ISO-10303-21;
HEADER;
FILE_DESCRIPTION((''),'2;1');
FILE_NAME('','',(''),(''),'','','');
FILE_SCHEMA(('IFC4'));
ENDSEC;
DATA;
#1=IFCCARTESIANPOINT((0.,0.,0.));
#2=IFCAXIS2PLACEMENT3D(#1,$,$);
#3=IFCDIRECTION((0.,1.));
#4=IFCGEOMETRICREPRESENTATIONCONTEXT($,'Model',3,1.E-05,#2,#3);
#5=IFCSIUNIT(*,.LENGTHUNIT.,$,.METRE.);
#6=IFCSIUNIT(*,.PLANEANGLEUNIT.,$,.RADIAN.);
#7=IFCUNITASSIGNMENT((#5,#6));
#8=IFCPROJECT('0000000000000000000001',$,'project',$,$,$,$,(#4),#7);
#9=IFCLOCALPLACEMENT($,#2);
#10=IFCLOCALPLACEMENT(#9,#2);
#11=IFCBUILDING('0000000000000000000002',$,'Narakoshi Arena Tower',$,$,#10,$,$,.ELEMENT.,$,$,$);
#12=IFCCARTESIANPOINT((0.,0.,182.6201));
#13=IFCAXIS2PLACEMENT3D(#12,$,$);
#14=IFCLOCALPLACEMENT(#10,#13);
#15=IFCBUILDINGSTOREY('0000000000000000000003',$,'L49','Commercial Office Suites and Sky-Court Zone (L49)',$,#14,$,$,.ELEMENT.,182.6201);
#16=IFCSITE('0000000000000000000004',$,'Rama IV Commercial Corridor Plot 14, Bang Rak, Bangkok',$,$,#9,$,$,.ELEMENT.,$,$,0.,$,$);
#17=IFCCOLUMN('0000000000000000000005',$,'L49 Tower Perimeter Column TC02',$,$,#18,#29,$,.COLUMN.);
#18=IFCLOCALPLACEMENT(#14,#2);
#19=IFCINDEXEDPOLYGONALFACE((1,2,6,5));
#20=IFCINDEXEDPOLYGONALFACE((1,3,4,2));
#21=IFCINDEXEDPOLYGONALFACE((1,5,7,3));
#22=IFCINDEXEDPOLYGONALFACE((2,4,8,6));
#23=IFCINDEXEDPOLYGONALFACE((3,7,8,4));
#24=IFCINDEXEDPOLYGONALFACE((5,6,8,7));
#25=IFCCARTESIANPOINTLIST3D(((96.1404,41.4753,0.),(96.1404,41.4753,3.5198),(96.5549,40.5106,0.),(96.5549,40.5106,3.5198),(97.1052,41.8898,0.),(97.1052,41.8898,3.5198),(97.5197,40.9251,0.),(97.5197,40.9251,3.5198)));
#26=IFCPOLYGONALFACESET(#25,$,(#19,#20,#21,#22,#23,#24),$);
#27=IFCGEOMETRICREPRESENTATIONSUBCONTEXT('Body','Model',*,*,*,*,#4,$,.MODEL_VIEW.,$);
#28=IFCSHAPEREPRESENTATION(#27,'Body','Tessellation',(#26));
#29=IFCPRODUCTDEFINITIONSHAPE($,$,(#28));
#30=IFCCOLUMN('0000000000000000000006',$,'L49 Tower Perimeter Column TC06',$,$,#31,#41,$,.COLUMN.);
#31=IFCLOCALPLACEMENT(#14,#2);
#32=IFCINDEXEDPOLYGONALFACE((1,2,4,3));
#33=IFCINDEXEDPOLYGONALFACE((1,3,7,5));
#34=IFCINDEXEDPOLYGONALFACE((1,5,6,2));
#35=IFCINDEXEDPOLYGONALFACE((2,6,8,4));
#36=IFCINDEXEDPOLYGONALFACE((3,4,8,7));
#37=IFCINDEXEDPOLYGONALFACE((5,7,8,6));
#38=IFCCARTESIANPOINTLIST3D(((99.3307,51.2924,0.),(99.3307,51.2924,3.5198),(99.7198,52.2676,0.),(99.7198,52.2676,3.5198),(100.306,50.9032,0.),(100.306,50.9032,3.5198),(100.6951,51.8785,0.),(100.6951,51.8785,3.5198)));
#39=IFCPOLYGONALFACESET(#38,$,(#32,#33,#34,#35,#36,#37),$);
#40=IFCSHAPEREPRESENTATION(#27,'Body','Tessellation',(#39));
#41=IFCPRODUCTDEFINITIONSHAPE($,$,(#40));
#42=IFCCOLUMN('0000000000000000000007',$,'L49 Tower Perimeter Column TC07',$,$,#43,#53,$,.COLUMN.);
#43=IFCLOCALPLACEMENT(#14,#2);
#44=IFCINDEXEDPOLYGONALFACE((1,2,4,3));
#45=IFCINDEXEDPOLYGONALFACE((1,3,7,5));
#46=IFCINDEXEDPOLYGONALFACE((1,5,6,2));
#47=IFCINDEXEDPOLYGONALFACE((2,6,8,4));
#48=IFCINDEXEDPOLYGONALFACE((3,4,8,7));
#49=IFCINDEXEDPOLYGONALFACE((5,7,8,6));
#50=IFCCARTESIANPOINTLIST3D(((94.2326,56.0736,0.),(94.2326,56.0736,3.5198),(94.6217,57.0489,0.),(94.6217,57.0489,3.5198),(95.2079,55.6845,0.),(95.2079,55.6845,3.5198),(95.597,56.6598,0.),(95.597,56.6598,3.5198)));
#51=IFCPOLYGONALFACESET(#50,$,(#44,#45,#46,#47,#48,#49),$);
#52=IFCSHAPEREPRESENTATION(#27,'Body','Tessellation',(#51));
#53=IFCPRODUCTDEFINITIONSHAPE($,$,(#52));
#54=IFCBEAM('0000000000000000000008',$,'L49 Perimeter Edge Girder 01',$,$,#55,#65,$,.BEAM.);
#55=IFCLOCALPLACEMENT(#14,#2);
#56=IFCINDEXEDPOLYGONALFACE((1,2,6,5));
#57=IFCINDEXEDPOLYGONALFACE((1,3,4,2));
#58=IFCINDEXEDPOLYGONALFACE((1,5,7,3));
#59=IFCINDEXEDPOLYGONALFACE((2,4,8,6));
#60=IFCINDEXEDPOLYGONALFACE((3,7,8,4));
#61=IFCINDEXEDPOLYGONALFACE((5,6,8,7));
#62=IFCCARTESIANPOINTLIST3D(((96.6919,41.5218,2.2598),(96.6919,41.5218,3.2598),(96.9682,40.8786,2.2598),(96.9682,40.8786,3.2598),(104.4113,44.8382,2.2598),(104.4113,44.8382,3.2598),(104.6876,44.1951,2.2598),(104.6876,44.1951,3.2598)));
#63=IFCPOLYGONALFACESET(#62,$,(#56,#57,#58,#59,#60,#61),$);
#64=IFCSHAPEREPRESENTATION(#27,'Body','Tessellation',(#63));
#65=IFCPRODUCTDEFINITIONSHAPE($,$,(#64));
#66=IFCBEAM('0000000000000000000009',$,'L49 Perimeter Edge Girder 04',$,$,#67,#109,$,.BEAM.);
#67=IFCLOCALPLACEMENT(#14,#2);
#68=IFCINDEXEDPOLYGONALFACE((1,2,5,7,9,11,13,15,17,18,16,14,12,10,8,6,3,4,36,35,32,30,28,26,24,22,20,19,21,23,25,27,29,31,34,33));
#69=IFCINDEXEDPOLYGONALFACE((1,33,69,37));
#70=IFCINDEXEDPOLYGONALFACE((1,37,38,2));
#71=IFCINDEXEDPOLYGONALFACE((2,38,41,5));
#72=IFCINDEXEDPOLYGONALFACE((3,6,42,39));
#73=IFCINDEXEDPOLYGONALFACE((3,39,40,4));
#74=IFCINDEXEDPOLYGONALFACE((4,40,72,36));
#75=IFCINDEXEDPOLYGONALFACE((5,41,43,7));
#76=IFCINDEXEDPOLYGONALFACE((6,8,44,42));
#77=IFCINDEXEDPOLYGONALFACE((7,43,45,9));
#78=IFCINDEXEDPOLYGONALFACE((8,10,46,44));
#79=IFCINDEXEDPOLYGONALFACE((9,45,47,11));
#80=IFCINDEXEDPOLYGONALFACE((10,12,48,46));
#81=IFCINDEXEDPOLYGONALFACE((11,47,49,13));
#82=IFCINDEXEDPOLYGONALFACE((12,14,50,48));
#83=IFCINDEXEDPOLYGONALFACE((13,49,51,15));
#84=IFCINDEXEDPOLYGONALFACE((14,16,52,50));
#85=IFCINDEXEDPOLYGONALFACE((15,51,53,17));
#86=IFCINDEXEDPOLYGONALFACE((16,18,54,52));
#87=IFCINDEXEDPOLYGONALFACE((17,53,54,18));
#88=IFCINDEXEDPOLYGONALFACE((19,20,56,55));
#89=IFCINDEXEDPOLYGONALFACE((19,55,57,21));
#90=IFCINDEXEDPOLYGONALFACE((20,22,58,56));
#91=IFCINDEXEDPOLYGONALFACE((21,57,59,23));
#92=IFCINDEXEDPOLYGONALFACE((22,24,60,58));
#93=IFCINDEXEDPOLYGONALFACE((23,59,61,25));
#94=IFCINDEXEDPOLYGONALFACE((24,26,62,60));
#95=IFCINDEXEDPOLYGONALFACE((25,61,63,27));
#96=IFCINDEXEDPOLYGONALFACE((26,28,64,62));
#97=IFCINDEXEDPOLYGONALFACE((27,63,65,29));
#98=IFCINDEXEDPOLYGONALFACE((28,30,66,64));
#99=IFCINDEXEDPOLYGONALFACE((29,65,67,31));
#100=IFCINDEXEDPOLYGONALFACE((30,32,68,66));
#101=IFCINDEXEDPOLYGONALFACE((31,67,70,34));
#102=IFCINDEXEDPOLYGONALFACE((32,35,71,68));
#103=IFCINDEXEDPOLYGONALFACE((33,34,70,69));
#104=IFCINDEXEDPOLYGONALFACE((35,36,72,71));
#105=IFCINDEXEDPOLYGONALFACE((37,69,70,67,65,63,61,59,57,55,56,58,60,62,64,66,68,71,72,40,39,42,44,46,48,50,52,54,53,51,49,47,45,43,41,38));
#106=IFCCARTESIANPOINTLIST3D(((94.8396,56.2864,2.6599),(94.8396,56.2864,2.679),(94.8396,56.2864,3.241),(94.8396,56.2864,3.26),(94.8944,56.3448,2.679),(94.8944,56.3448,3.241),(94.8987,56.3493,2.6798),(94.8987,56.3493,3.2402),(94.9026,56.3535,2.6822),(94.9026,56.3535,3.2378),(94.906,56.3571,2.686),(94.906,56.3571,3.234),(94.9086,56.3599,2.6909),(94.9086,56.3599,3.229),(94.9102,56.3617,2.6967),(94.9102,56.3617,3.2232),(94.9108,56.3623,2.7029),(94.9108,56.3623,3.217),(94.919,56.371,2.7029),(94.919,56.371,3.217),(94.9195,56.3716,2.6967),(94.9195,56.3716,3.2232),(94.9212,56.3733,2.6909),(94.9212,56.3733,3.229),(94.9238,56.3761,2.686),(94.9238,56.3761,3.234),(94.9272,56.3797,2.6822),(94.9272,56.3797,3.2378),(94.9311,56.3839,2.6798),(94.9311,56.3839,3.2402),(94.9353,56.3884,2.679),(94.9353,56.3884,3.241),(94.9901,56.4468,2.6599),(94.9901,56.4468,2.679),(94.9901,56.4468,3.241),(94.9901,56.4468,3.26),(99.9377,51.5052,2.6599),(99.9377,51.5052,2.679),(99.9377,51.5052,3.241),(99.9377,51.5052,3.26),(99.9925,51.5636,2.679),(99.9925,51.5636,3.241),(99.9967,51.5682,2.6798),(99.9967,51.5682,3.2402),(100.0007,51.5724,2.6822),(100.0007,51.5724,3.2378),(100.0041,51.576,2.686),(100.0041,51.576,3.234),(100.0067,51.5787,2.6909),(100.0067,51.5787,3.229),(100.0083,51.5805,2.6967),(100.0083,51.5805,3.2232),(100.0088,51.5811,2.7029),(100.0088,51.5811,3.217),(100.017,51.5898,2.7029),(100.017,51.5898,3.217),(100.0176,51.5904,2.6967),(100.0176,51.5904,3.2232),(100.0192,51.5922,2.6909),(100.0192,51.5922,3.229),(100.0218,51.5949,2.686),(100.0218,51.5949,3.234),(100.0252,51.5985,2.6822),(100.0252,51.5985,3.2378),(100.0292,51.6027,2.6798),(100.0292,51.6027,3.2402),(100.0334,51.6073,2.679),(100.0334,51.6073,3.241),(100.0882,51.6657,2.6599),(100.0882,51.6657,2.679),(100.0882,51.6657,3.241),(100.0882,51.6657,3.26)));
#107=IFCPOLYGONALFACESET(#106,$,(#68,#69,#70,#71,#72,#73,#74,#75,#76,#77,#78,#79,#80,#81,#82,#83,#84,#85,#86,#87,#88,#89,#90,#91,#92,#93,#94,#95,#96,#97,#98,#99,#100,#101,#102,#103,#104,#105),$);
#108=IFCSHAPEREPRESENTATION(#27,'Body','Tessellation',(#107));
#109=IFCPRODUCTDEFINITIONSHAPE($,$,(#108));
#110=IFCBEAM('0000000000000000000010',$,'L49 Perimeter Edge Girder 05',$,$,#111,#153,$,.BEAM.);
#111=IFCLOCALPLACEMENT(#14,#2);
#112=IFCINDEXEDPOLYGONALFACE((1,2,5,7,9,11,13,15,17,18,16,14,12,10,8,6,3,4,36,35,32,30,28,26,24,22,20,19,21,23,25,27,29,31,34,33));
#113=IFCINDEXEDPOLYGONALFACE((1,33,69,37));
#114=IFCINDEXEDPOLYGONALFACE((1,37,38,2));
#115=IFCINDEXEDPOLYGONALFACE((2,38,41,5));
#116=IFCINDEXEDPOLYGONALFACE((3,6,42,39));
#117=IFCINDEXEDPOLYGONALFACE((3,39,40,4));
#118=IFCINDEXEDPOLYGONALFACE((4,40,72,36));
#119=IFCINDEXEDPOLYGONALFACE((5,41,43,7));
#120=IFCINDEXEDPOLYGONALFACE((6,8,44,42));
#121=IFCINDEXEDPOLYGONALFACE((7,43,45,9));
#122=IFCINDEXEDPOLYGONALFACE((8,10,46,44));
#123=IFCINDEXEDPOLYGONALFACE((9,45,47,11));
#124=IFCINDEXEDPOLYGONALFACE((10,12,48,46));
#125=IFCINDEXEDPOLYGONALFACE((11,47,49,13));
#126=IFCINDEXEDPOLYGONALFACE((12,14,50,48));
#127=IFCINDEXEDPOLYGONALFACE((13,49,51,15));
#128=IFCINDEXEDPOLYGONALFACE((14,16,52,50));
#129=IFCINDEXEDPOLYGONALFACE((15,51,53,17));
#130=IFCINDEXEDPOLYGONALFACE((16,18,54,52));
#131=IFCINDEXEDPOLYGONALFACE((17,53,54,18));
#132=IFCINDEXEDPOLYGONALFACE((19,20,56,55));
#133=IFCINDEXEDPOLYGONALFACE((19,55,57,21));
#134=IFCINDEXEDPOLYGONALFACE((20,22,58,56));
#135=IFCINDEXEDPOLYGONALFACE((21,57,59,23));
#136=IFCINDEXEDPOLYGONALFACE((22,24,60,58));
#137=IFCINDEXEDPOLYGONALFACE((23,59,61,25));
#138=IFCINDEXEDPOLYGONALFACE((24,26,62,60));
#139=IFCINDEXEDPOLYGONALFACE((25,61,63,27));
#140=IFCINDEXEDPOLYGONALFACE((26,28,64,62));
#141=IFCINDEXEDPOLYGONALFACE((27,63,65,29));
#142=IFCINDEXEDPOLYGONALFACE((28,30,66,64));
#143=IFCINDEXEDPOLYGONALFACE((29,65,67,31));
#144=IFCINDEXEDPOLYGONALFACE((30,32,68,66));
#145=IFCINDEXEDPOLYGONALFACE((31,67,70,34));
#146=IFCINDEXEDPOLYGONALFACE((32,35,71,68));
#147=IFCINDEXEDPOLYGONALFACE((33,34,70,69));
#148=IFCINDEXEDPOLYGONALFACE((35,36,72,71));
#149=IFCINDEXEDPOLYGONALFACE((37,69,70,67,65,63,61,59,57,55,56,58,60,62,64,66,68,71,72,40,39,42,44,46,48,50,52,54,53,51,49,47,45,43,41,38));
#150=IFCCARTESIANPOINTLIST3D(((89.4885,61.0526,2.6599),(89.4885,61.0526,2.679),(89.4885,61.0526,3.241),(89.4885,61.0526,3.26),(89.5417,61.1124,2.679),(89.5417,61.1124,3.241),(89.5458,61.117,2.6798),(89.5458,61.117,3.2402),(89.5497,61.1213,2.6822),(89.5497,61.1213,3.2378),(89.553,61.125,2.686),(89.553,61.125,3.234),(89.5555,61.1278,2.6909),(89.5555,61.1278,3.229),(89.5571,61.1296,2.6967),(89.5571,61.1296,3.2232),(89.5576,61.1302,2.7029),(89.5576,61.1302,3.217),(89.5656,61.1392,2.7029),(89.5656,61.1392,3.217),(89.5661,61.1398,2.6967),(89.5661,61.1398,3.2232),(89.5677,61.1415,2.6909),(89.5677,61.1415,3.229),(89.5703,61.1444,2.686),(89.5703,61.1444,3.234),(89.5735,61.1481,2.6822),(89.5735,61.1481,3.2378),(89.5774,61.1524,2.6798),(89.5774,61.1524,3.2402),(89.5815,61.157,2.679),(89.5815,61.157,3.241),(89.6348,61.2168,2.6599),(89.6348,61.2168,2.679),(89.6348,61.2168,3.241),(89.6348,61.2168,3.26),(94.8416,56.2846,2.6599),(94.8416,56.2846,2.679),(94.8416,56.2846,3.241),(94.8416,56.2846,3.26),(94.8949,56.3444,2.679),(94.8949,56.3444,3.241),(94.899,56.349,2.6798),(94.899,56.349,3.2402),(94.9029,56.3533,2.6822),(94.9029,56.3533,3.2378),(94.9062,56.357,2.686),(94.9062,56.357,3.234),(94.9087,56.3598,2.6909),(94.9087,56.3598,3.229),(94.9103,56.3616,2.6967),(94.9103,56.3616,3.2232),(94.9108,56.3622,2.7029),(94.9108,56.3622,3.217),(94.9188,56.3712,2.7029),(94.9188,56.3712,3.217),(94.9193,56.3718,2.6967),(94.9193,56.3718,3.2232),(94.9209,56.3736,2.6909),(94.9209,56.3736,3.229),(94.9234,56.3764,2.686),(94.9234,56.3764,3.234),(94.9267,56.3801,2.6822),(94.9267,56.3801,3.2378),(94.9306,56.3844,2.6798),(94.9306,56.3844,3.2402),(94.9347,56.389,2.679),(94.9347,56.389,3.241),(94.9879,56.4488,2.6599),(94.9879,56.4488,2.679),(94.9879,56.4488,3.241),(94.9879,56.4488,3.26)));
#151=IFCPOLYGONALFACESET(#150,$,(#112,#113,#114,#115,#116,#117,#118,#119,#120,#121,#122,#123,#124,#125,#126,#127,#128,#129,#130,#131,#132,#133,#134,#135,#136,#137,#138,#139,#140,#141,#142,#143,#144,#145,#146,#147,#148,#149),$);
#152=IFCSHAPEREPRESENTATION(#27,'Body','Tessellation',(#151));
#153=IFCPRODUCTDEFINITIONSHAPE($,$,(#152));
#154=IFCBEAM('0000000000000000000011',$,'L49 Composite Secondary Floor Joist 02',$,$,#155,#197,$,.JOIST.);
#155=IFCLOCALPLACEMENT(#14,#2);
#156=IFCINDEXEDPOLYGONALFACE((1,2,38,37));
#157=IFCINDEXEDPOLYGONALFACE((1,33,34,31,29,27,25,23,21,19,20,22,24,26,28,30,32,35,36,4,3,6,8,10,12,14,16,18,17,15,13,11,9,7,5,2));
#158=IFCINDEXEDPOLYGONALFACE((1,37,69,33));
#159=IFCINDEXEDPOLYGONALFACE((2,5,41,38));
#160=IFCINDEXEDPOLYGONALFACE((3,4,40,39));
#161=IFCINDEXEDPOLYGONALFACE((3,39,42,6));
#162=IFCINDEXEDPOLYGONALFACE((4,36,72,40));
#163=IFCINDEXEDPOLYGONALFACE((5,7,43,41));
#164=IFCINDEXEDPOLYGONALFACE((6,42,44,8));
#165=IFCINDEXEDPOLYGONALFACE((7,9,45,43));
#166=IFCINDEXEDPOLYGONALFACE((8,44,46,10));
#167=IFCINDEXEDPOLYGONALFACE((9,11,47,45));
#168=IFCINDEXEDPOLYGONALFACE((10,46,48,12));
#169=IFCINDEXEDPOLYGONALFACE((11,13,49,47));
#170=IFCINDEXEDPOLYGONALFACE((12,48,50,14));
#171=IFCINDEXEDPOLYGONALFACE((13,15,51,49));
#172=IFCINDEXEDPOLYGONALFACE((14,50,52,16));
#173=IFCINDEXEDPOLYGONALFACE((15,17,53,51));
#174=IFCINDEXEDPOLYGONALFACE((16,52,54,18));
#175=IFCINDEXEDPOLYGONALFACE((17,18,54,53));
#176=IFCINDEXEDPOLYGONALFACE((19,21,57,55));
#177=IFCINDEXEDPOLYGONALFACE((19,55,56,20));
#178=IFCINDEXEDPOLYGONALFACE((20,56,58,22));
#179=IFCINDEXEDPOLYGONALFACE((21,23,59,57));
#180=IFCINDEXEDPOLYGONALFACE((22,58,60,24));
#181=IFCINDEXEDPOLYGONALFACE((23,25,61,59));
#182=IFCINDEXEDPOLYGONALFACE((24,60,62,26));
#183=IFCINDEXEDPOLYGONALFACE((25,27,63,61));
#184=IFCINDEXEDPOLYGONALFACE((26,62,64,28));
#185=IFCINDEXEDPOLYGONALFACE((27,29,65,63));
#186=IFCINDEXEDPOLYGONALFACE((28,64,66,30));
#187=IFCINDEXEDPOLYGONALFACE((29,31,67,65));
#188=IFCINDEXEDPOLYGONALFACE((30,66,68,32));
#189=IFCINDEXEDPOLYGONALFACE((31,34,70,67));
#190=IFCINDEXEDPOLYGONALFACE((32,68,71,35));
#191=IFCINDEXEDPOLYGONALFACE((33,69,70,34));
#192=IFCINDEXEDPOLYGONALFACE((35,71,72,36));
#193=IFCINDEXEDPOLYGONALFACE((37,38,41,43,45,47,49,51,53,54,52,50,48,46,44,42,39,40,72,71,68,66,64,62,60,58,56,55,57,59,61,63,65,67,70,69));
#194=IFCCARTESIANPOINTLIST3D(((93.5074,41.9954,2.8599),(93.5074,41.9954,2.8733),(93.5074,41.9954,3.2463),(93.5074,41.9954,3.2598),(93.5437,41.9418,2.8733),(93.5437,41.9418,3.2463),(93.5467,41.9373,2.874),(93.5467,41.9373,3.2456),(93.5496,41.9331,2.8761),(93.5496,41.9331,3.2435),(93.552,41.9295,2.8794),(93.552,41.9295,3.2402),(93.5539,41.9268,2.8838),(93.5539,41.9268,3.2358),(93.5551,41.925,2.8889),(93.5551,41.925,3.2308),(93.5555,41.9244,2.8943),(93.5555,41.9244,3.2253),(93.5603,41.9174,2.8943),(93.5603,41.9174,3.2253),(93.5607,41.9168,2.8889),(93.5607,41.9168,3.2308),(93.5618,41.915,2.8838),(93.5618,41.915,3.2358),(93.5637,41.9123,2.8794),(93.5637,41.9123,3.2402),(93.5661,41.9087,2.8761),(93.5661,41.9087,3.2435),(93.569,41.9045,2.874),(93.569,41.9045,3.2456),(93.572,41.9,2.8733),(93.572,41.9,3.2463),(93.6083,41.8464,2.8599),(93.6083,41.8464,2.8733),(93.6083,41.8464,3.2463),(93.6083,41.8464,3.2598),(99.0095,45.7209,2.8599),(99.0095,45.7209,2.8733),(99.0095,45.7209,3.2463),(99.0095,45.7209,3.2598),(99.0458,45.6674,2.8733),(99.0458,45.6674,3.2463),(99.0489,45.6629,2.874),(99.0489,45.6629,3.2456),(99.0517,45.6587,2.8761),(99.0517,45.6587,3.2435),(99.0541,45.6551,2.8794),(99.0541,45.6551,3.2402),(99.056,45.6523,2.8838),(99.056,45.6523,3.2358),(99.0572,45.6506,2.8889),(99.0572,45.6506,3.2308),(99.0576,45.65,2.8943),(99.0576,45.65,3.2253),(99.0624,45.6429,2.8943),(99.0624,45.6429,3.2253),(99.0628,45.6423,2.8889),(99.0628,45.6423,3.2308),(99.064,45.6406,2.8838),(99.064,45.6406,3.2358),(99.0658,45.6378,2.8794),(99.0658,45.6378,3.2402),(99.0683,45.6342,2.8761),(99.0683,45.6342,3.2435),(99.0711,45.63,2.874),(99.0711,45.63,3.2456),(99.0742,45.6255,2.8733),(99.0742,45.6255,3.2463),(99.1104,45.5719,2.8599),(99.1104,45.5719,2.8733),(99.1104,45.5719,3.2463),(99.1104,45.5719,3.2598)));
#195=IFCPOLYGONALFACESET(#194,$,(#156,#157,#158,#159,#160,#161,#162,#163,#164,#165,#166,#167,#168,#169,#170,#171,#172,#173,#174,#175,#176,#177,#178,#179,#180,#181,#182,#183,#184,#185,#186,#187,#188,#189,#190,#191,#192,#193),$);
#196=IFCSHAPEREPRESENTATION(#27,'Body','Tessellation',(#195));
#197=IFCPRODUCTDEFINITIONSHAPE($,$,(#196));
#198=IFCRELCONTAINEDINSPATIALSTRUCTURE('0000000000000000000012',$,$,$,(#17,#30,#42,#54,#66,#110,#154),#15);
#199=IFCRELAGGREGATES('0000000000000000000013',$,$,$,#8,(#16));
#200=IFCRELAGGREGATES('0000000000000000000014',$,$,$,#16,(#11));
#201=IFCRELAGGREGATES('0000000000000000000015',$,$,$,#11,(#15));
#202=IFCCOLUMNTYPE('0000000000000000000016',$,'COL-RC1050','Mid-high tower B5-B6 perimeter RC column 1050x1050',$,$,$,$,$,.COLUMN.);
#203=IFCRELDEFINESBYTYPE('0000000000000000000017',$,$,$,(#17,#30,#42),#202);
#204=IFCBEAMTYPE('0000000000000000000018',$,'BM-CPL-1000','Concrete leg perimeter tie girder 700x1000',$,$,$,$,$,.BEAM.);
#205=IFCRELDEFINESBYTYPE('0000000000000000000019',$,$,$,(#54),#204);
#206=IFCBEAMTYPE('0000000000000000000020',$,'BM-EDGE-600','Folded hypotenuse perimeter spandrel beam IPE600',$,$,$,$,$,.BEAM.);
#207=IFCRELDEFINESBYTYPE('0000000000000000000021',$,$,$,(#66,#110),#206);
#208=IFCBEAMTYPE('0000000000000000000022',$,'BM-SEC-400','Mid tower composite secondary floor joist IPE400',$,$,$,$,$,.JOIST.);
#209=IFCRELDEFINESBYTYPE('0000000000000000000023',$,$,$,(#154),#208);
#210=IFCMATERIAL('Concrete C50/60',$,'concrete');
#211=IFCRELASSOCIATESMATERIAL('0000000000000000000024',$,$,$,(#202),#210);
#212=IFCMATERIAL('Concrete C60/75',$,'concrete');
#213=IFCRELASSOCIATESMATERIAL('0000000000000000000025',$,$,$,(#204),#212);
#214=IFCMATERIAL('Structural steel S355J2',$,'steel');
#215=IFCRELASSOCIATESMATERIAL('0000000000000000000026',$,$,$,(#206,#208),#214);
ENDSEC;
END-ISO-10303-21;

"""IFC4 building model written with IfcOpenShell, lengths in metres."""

from ifc_helpers import new_model, si_unit, direction, frame, origin, origin_2d, place, context, subcontext, project, spatial, rectangle, i_section, extrude, material, material_profile, profile_set, type_object, element, save


model = new_model("IFC4")

# Units and contexts
model_context = context("Model", 3, precision=1e-05, world=origin(), true_north=direction((0.0, 1.0)))
body_context = subcontext(model_context, "Body", "Model", "MODEL_VIEW")
ifc_project = project(units=[si_unit("LENGTHUNIT", "METRE"), si_unit("PLANEANGLEUNIT", "RADIAN")], contexts=[model_context])

# Site, building, storey
site_placement = place(None, origin())
site = spatial("IfcSite", under=ifc_project, at=site_placement, Name="Rama IV Commercial Corridor Plot 14, Bang Rak, Bangkok", CompositionType="ELEMENT", RefElevation=0.0)
building_placement = place(site_placement, origin())
building = spatial("IfcBuilding", under=site, at=building_placement, Name="Narakoshi Arena Tower", CompositionType="ELEMENT")
storey_placement = place(building_placement, frame((0.0, 0.0, 182.6201)))
storey = spatial("IfcBuildingStorey", under=building, at=storey_placement, Name="L49", Description="Commercial Office Suites and Sky-Court Zone (L49)", CompositionType="ELEMENT", Elevation=182.6201)

# Columns
ifc_material_1 = material(Name="Concrete C50/60", Category="concrete")
ifc_material_profile_1 = material_profile(ifc_material_1, rectangle(XDim=1.05, YDim=1.05, at=origin_2d()), Name="RC1050x1050")
ifc_profile_set_1 = profile_set([ifc_material_profile_1], Name="Concrete C50/60")
column_type = type_object("IfcColumnType", Name="COL-RC1050", Description="Mid-high tower B5-B6 perimeter RC column 1050x1050", PredefinedType="COLUMN", material=ifc_profile_set_1)
for number, where, z_axis, x_axis, name in (
    (1, (96.8301, 41.2002, 0.0), (0.0, 0.0, 1.0), (0.918791, 0.394744, 0.0), "L49 Tower Perimeter Column TC02"),
    (2, (100.0129, 51.5854, 0.0), (0.0, 0.0, 1.0), (0.370557, 0.92881, 0.0), "L49 Tower Perimeter Column TC06"),
    (3, (94.9148, 56.3667, 0.0), (0.0, 0.0, 1.0), (0.370557, 0.92881, 0.0), "L49 Tower Perimeter Column TC07"),
):
    element("IfcColumn", number, at=place(storey_placement, frame(where, z_axis=z_axis, x_axis=x_axis)), inside=storey, type_object=column_type, Name=name, PredefinedType="COLUMN", context=body_context, shape_type="SweptSolid", body=[
        extrude(rectangle(XDim=1.05, YDim=1.05, at=origin_2d()), origin(), (0.0, 0.0, 1.0), 3.5198),
    ])

# Beams
ifc_material_2 = material(Name="Concrete C60/75", Category="concrete")
ifc_material_profile_2 = material_profile(ifc_material_2, rectangle(XDim=0.7, YDim=1.0, at=origin_2d()), Name="RCB700x1000")
ifc_profile_set_2 = profile_set([ifc_material_profile_2], Name="Concrete C60/75")
beam_type_1 = type_object("IfcBeamType", Name="BM-CPL-1000", Description="Concrete leg perimeter tie girder 700x1000", PredefinedType="BEAM", material=ifc_profile_set_2)
beam_1_placement = place(storey_placement, frame((96.8301, 41.2002, 2.7598), z_axis=(0.918793, 0.39474, 0.0), x_axis=(-0.39474, 0.918793, 0.0)))
element("IfcBeam", 4, at=beam_1_placement, inside=storey, type_object=beam_type_1, Name="L49 Perimeter Edge Girder 01", PredefinedType="BEAM", context=body_context, shape_type="SweptSolid", body=[
    extrude(rectangle(XDim=0.7, YDim=1.0, at=origin_2d()), origin(), (0.0, 0.0, 1.0), 8.4016),
])
ifc_material_3 = material(Name="Structural steel S355J2", Category="steel")
ifc_material_profile_3 = material_profile(ifc_material_3, i_section(OverallWidth=0.22, OverallDepth=0.6001, WebThickness=0.012, FlangeThickness=0.019, FilletRadius=0.0239, at=origin_2d()), Name="IPE600")
ifc_profile_set_3 = profile_set([ifc_material_profile_3], Name="Structural steel S355J2")
beam_type_2 = type_object("IfcBeamType", Name="BM-EDGE-600", Description="Folded hypotenuse perimeter spandrel beam IPE600", PredefinedType="BEAM", material=ifc_profile_set_3)
beam_2_placement = place(storey_placement, frame((100.0129, 51.5854, 2.96), z_axis=(-0.729413, 0.684074, 0.0), x_axis=(-0.684074, -0.729413, 0.0)))
element("IfcBeam", 5, at=beam_2_placement, inside=storey, type_object=beam_type_2, Name="L49 Perimeter Edge Girder 04", PredefinedType="BEAM", context=body_context, shape_type="SweptSolid", body=[
    extrude(i_section(OverallWidth=0.22, OverallDepth=0.6001, WebThickness=0.012, FlangeThickness=0.019, FilletRadius=0.0239, at=origin_2d()), origin(), (0.0, 0.0, 1.0), 6.9893),
])
beam_3_placement = place(storey_placement, frame((94.9148, 56.3667, 2.96), z_axis=(-0.746744, 0.665112, 0.0), x_axis=(-0.665112, -0.746744, 0.0)))
element("IfcBeam", 6, at=beam_3_placement, inside=storey, type_object=beam_type_2, Name="L49 Perimeter Edge Girder 05", PredefinedType="BEAM", context=body_context, shape_type="SweptSolid", body=[
    extrude(i_section(OverallWidth=0.22, OverallDepth=0.6001, WebThickness=0.012, FlangeThickness=0.019, FilletRadius=0.0239, at=origin_2d()), origin(), (0.0, 0.0, 1.0), 7.1687),
])
ifc_material_profile_4 = material_profile(ifc_material_3, i_section(OverallWidth=0.1799, OverallDepth=0.3999, WebThickness=0.0085, FlangeThickness=0.0134, FilletRadius=0.021, at=origin_2d()), Name="IPE400")
ifc_profile_set_4 = profile_set([ifc_material_profile_4], Name="Structural steel S355J2")
beam_type_3 = type_object("IfcBeamType", Name="BM-SEC-400", Description="Mid tower composite secondary floor joist IPE400", PredefinedType="JOIST", material=ifc_profile_set_4)
beam_4_placement = place(storey_placement, frame((93.5579, 41.9209, 3.0598), z_axis=(0.828038, 0.560672, 0.0), x_axis=(-0.560672, 0.828038, 0.0)))
element("IfcBeam", 7, at=beam_4_placement, inside=storey, type_object=beam_type_3, Name="L49 Composite Secondary Floor Joist 02", PredefinedType="JOIST", context=body_context, shape_type="SweptSolid", body=[
    extrude(i_section(OverallWidth=0.1799, OverallDepth=0.3999, WebThickness=0.0085, FlangeThickness=0.0134, FilletRadius=0.021, at=origin_2d()), origin(), (0.0, 0.0, 1.0), 6.6448),
])

save(model, "model.ifc")
